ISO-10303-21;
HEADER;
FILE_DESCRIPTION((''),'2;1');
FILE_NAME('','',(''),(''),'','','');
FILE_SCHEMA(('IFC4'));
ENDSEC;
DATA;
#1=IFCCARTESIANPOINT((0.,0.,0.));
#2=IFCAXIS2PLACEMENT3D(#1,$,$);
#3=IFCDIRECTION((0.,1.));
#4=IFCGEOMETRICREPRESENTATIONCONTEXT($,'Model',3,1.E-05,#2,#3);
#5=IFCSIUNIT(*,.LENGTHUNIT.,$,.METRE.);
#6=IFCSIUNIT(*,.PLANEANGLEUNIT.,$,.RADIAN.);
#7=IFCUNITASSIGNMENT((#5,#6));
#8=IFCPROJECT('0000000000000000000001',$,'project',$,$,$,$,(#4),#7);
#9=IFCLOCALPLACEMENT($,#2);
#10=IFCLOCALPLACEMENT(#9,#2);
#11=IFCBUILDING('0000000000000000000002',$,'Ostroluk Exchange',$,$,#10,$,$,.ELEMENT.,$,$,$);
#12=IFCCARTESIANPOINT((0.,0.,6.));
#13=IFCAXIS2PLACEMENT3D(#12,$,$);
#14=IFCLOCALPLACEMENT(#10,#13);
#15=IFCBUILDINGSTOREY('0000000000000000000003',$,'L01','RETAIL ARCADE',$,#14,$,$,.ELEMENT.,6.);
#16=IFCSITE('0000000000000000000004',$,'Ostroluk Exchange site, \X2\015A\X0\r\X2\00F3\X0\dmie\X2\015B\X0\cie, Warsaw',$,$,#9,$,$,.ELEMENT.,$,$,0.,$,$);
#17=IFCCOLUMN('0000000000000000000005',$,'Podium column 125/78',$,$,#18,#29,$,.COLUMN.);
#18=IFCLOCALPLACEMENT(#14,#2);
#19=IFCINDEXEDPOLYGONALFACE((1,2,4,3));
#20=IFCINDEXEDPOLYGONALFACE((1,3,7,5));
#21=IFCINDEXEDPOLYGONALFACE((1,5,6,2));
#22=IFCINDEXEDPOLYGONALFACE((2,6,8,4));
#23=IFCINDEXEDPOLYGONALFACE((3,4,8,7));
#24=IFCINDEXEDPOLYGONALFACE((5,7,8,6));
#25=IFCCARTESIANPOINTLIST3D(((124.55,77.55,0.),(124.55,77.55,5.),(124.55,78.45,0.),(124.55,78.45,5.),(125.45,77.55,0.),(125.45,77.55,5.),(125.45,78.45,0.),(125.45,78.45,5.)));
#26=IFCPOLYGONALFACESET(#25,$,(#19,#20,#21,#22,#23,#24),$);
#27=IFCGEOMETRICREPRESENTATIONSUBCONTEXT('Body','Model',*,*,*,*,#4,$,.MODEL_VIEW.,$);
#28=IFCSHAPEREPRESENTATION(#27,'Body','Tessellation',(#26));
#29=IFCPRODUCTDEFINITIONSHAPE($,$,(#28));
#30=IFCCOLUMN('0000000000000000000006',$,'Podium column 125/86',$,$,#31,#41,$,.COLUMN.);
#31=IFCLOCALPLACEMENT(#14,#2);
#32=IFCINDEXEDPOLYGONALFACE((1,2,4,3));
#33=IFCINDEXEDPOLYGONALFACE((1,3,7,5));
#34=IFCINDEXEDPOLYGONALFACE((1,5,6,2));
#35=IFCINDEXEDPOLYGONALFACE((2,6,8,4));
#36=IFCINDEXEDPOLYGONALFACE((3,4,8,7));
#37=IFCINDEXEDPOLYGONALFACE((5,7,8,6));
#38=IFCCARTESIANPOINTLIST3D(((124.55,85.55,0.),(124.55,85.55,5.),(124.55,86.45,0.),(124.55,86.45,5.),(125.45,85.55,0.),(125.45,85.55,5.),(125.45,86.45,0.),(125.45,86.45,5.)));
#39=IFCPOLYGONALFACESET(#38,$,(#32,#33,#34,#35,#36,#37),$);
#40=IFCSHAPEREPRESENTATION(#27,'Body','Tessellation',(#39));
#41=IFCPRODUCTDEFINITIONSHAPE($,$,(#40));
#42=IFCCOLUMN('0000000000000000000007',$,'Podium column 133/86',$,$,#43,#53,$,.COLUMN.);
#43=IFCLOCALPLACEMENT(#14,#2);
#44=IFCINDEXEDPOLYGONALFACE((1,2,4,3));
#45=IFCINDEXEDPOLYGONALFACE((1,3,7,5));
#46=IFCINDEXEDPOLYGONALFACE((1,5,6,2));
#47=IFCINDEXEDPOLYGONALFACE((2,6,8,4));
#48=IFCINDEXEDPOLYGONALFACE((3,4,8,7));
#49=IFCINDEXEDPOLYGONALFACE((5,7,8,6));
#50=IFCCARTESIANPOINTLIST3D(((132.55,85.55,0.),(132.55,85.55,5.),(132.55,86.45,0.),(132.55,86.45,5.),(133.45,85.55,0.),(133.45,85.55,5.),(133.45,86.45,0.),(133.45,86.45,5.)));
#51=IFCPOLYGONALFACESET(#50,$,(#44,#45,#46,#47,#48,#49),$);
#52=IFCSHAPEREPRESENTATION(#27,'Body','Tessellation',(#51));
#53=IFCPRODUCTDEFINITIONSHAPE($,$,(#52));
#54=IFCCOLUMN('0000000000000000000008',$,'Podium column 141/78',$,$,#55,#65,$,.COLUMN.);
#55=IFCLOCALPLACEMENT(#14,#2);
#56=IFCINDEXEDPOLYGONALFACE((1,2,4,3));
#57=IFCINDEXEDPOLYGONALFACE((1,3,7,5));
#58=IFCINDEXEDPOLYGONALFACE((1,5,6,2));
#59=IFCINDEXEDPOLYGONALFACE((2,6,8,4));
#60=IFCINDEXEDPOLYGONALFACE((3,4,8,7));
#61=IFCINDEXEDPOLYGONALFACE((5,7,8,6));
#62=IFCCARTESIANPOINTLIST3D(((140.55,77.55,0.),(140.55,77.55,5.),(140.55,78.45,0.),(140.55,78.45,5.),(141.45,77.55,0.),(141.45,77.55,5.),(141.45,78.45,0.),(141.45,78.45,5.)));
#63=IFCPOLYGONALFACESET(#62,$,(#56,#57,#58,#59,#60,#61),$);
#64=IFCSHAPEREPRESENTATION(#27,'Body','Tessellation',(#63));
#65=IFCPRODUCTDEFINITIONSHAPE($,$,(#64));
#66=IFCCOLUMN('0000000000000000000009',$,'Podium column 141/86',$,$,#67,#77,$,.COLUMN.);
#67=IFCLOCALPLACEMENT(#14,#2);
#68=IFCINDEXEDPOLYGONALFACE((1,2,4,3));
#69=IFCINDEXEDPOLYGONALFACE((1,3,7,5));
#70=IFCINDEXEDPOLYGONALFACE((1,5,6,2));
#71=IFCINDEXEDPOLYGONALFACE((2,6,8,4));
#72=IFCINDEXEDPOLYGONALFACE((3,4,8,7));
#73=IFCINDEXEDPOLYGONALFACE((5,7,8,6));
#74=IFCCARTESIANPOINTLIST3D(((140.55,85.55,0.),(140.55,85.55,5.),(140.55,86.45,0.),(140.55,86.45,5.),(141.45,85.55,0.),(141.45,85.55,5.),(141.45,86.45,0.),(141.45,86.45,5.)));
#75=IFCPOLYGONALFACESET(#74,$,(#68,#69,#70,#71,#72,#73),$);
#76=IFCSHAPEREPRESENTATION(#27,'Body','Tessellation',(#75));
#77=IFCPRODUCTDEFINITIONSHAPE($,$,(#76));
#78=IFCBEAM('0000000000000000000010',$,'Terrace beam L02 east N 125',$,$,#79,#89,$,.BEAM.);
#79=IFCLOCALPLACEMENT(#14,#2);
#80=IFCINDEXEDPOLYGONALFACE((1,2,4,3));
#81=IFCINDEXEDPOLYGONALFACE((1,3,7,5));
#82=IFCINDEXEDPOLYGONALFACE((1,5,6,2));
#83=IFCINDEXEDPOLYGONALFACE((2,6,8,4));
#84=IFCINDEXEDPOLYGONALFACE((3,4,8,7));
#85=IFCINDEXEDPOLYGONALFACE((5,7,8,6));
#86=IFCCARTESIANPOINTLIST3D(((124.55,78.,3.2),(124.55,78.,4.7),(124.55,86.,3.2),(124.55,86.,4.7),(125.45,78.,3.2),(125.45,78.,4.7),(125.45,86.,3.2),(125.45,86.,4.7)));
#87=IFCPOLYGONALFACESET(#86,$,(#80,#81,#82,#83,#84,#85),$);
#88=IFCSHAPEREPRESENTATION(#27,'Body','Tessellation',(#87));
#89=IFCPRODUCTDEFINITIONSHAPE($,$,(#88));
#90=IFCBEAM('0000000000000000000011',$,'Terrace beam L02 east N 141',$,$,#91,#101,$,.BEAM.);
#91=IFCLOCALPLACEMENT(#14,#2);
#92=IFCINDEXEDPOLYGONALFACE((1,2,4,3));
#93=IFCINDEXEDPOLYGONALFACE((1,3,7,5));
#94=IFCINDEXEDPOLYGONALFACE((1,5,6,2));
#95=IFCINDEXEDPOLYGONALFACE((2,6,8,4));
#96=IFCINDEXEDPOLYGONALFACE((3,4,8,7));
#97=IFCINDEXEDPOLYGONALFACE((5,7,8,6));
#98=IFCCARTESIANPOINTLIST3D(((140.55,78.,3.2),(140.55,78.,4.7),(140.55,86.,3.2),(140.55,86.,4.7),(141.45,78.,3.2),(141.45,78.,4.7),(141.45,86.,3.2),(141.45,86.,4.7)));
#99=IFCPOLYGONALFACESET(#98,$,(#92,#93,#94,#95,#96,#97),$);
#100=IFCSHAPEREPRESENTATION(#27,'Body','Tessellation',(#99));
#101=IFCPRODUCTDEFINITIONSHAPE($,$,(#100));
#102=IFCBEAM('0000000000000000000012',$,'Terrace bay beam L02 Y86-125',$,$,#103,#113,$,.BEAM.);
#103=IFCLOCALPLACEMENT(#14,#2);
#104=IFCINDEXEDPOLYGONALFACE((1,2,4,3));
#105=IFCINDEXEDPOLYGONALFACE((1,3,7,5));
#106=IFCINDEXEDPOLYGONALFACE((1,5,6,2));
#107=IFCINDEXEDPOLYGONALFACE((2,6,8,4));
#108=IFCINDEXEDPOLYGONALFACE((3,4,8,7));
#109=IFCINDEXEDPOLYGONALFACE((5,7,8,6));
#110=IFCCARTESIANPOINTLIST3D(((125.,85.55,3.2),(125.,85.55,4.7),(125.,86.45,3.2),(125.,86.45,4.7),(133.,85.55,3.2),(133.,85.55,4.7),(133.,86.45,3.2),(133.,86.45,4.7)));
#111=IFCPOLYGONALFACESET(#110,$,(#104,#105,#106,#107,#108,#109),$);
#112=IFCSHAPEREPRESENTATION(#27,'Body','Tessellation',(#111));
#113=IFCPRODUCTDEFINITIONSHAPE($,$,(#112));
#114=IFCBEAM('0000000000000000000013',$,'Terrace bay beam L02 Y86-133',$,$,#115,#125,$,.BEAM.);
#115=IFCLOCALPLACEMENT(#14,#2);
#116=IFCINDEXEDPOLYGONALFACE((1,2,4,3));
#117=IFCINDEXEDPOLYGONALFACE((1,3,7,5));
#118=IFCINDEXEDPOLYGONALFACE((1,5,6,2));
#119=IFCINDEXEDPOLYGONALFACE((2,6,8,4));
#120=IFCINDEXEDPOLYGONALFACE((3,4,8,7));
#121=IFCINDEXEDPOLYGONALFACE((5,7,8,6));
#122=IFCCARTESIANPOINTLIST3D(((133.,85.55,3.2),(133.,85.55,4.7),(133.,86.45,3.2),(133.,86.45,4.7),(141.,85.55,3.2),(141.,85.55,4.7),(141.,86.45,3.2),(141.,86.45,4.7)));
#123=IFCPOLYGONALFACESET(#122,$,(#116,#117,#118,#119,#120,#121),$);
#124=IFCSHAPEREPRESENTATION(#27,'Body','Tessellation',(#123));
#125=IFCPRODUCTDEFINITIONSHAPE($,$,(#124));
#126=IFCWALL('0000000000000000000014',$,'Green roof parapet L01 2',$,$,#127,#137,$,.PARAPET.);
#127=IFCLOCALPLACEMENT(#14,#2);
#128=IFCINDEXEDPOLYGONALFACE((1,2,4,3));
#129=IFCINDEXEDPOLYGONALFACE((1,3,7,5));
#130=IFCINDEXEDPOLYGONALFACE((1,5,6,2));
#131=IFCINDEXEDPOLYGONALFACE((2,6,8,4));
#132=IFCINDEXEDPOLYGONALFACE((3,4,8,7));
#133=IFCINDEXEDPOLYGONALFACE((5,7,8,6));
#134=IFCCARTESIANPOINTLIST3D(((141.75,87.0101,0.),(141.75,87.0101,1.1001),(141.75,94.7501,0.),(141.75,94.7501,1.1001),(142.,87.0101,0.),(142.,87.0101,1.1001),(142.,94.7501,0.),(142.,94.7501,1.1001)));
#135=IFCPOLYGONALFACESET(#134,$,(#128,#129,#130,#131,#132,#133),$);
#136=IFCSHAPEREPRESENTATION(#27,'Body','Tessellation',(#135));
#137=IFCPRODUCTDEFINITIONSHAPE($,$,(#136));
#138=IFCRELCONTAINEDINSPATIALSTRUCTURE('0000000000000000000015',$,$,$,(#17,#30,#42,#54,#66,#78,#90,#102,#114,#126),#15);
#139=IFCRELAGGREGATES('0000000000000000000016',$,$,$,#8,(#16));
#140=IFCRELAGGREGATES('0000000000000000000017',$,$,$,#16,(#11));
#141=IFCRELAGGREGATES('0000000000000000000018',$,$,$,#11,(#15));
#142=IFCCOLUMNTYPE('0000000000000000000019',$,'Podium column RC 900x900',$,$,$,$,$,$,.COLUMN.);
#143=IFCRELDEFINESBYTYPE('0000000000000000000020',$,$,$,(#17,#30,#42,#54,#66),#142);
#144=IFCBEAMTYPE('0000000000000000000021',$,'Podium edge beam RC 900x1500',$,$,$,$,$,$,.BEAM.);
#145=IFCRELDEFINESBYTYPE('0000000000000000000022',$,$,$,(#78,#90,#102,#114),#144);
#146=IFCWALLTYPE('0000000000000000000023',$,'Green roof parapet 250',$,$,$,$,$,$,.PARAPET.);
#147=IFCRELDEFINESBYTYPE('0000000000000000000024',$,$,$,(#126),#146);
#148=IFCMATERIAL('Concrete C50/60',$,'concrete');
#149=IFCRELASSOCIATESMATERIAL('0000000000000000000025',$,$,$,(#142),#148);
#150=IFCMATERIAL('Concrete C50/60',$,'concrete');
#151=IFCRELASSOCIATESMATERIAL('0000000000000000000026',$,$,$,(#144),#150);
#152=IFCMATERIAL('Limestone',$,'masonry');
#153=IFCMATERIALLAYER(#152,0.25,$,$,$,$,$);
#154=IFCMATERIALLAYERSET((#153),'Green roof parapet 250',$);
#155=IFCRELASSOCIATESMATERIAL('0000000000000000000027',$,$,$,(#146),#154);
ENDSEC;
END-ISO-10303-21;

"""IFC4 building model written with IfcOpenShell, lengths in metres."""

from ifc_helpers import new_model, si_unit, direction, frame, frame_2d, origin, origin_2d, place, context, subcontext, project, spatial, rectangle, extrude, material, layer, layer_set, material_profile, profile_set, type_object, element, save


model = new_model("IFC4")

# Units and contexts
model_context = context("Model", 3, precision=1e-05, world=origin(), true_north=direction((0.0, 1.0)))
body_context = subcontext(model_context, "Body", "Model", "MODEL_VIEW")
ifc_project = project(units=[si_unit("LENGTHUNIT", "METRE"), si_unit("PLANEANGLEUNIT", "RADIAN")], contexts=[model_context])

# Site, building, storey
site_placement = place(None, origin())
site = spatial("IfcSite", under=ifc_project, at=site_placement, Name="Ostroluk Exchange site, Śródmieście, Warsaw", CompositionType="ELEMENT", RefElevation=0.0)
building_placement = place(site_placement, origin())
building = spatial("IfcBuilding", under=site, at=building_placement, Name="Ostroluk Exchange", CompositionType="ELEMENT")
storey_placement = place(building_placement, frame((0.0, 0.0, 6.0)))
storey = spatial("IfcBuildingStorey", under=building, at=storey_placement, Name="L01", Description="RETAIL ARCADE", CompositionType="ELEMENT", Elevation=6.0)

# Columns
ifc_material_1 = material(Name="Concrete C50/60", Category="concrete")
ifc_material_profile_1 = material_profile(ifc_material_1, rectangle(XDim=0.8999, YDim=0.8999, at=origin_2d()), Name="RC 900x900")
ifc_profile_set_1 = profile_set([ifc_material_profile_1], Name="Concrete C50/60")
column_type = type_object("IfcColumnType", Name="Podium column RC 900x900", PredefinedType="COLUMN", material=ifc_profile_set_1)
for number, where, z_axis, x_axis, name in (
    (1, (125.0, 78.0, 0.0), (0.0, 0.0, 1.0), (1.0, 0.0, 0.0), "Podium column 125/78"),
    (2, (125.0, 86.0, 0.0), (0.0, 0.0, 1.0), (1.0, 0.0, 0.0), "Podium column 125/86"),
    (3, (133.0, 86.0, 0.0), (0.0, 0.0, 1.0), (1.0, 0.0, 0.0), "Podium column 133/86"),
    (4, (141.0, 78.0, 0.0), (0.0, 0.0, 1.0), (1.0, 0.0, 0.0), "Podium column 141/78"),
    (5, (141.0, 86.0, 0.0), (0.0, 0.0, 1.0), (1.0, 0.0, 0.0), "Podium column 141/86"),
):
    element("IfcColumn", number, at=place(storey_placement, frame(where, z_axis=z_axis, x_axis=x_axis)), inside=storey, type_object=column_type, Name=name, PredefinedType="COLUMN", context=body_context, shape_type="SweptSolid", body=[
        extrude(rectangle(XDim=0.8999, YDim=0.8999, at=origin_2d()), origin(), (0.0, 0.0, 1.0), 5.0),
    ])

# Beams
ifc_material_2 = material(Name="Concrete C50/60", Category="concrete")
ifc_material_profile_2 = material_profile(ifc_material_2, rectangle(XDim=0.8999, YDim=1.5, at=origin_2d()), Name="RC 900x1500")
ifc_profile_set_2 = profile_set([ifc_material_profile_2], Name="Concrete C50/60")
beam_type = type_object("IfcBeamType", Name="Podium edge beam RC 900x1500", PredefinedType="BEAM", material=ifc_profile_set_2)
for number, where, z_axis, x_axis, name in (
    (6, (125.0, 86.0, 3.95), (0.0, -1.0, 0.0), (1.0, 0.0, 0.0), "Terrace beam L02 east N 125"),
    (7, (141.0, 86.0, 3.95), (0.0, -1.0, 0.0), (1.0, 0.0, 0.0), "Terrace beam L02 east N 141"),
    (8, (125.0, 86.0, 3.95), (1.0, 0.0, 0.0), (0.0, 1.0, 0.0), "Terrace bay beam L02 Y86-125"),
    (9, (133.0, 86.0, 3.95), (1.0, 0.0, 0.0), (0.0, 1.0, 0.0), "Terrace bay beam L02 Y86-133"),
):
    element("IfcBeam", number, at=place(storey_placement, frame(where, z_axis=z_axis, x_axis=x_axis)), inside=storey, type_object=beam_type, Name=name, PredefinedType="BEAM", context=body_context, shape_type="SweptSolid", body=[
        extrude(rectangle(XDim=0.8999, YDim=1.5, at=origin_2d()), origin(), (0.0, 0.0, 1.0), 8.0),
    ])

# Wall
ifc_material_3 = material(Name="Limestone", Category="masonry")
ifc_layer_1 = layer(ifc_material_3, 0.25)
ifc_layer_set_1 = layer_set([ifc_layer_1], Name="Green roof parapet 250")
wall_type_1 = type_object("IfcWallType", Name="Green roof parapet 250", PredefinedType="PARAPET", material=ifc_layer_set_1)
wall_1_placement = place(storey_placement, frame((141.875, 87.01, 0.0), z_axis=(0.0, 0.0, 1.0), x_axis=(0.0, 1.0, 0.0)))
element("IfcWall", 10, at=wall_1_placement, inside=storey, type_object=wall_type_1, Name="Green roof parapet L01 2", PredefinedType="PARAPET", context=body_context, shape_type="SweptSolid", body=[
    extrude(rectangle(XDim=7.74, YDim=0.25, at=frame_2d((3.8701, 0.0))), origin(), (0.0, 0.0, 1.0), 1.1001),
])

save(model, "model.ifc")
